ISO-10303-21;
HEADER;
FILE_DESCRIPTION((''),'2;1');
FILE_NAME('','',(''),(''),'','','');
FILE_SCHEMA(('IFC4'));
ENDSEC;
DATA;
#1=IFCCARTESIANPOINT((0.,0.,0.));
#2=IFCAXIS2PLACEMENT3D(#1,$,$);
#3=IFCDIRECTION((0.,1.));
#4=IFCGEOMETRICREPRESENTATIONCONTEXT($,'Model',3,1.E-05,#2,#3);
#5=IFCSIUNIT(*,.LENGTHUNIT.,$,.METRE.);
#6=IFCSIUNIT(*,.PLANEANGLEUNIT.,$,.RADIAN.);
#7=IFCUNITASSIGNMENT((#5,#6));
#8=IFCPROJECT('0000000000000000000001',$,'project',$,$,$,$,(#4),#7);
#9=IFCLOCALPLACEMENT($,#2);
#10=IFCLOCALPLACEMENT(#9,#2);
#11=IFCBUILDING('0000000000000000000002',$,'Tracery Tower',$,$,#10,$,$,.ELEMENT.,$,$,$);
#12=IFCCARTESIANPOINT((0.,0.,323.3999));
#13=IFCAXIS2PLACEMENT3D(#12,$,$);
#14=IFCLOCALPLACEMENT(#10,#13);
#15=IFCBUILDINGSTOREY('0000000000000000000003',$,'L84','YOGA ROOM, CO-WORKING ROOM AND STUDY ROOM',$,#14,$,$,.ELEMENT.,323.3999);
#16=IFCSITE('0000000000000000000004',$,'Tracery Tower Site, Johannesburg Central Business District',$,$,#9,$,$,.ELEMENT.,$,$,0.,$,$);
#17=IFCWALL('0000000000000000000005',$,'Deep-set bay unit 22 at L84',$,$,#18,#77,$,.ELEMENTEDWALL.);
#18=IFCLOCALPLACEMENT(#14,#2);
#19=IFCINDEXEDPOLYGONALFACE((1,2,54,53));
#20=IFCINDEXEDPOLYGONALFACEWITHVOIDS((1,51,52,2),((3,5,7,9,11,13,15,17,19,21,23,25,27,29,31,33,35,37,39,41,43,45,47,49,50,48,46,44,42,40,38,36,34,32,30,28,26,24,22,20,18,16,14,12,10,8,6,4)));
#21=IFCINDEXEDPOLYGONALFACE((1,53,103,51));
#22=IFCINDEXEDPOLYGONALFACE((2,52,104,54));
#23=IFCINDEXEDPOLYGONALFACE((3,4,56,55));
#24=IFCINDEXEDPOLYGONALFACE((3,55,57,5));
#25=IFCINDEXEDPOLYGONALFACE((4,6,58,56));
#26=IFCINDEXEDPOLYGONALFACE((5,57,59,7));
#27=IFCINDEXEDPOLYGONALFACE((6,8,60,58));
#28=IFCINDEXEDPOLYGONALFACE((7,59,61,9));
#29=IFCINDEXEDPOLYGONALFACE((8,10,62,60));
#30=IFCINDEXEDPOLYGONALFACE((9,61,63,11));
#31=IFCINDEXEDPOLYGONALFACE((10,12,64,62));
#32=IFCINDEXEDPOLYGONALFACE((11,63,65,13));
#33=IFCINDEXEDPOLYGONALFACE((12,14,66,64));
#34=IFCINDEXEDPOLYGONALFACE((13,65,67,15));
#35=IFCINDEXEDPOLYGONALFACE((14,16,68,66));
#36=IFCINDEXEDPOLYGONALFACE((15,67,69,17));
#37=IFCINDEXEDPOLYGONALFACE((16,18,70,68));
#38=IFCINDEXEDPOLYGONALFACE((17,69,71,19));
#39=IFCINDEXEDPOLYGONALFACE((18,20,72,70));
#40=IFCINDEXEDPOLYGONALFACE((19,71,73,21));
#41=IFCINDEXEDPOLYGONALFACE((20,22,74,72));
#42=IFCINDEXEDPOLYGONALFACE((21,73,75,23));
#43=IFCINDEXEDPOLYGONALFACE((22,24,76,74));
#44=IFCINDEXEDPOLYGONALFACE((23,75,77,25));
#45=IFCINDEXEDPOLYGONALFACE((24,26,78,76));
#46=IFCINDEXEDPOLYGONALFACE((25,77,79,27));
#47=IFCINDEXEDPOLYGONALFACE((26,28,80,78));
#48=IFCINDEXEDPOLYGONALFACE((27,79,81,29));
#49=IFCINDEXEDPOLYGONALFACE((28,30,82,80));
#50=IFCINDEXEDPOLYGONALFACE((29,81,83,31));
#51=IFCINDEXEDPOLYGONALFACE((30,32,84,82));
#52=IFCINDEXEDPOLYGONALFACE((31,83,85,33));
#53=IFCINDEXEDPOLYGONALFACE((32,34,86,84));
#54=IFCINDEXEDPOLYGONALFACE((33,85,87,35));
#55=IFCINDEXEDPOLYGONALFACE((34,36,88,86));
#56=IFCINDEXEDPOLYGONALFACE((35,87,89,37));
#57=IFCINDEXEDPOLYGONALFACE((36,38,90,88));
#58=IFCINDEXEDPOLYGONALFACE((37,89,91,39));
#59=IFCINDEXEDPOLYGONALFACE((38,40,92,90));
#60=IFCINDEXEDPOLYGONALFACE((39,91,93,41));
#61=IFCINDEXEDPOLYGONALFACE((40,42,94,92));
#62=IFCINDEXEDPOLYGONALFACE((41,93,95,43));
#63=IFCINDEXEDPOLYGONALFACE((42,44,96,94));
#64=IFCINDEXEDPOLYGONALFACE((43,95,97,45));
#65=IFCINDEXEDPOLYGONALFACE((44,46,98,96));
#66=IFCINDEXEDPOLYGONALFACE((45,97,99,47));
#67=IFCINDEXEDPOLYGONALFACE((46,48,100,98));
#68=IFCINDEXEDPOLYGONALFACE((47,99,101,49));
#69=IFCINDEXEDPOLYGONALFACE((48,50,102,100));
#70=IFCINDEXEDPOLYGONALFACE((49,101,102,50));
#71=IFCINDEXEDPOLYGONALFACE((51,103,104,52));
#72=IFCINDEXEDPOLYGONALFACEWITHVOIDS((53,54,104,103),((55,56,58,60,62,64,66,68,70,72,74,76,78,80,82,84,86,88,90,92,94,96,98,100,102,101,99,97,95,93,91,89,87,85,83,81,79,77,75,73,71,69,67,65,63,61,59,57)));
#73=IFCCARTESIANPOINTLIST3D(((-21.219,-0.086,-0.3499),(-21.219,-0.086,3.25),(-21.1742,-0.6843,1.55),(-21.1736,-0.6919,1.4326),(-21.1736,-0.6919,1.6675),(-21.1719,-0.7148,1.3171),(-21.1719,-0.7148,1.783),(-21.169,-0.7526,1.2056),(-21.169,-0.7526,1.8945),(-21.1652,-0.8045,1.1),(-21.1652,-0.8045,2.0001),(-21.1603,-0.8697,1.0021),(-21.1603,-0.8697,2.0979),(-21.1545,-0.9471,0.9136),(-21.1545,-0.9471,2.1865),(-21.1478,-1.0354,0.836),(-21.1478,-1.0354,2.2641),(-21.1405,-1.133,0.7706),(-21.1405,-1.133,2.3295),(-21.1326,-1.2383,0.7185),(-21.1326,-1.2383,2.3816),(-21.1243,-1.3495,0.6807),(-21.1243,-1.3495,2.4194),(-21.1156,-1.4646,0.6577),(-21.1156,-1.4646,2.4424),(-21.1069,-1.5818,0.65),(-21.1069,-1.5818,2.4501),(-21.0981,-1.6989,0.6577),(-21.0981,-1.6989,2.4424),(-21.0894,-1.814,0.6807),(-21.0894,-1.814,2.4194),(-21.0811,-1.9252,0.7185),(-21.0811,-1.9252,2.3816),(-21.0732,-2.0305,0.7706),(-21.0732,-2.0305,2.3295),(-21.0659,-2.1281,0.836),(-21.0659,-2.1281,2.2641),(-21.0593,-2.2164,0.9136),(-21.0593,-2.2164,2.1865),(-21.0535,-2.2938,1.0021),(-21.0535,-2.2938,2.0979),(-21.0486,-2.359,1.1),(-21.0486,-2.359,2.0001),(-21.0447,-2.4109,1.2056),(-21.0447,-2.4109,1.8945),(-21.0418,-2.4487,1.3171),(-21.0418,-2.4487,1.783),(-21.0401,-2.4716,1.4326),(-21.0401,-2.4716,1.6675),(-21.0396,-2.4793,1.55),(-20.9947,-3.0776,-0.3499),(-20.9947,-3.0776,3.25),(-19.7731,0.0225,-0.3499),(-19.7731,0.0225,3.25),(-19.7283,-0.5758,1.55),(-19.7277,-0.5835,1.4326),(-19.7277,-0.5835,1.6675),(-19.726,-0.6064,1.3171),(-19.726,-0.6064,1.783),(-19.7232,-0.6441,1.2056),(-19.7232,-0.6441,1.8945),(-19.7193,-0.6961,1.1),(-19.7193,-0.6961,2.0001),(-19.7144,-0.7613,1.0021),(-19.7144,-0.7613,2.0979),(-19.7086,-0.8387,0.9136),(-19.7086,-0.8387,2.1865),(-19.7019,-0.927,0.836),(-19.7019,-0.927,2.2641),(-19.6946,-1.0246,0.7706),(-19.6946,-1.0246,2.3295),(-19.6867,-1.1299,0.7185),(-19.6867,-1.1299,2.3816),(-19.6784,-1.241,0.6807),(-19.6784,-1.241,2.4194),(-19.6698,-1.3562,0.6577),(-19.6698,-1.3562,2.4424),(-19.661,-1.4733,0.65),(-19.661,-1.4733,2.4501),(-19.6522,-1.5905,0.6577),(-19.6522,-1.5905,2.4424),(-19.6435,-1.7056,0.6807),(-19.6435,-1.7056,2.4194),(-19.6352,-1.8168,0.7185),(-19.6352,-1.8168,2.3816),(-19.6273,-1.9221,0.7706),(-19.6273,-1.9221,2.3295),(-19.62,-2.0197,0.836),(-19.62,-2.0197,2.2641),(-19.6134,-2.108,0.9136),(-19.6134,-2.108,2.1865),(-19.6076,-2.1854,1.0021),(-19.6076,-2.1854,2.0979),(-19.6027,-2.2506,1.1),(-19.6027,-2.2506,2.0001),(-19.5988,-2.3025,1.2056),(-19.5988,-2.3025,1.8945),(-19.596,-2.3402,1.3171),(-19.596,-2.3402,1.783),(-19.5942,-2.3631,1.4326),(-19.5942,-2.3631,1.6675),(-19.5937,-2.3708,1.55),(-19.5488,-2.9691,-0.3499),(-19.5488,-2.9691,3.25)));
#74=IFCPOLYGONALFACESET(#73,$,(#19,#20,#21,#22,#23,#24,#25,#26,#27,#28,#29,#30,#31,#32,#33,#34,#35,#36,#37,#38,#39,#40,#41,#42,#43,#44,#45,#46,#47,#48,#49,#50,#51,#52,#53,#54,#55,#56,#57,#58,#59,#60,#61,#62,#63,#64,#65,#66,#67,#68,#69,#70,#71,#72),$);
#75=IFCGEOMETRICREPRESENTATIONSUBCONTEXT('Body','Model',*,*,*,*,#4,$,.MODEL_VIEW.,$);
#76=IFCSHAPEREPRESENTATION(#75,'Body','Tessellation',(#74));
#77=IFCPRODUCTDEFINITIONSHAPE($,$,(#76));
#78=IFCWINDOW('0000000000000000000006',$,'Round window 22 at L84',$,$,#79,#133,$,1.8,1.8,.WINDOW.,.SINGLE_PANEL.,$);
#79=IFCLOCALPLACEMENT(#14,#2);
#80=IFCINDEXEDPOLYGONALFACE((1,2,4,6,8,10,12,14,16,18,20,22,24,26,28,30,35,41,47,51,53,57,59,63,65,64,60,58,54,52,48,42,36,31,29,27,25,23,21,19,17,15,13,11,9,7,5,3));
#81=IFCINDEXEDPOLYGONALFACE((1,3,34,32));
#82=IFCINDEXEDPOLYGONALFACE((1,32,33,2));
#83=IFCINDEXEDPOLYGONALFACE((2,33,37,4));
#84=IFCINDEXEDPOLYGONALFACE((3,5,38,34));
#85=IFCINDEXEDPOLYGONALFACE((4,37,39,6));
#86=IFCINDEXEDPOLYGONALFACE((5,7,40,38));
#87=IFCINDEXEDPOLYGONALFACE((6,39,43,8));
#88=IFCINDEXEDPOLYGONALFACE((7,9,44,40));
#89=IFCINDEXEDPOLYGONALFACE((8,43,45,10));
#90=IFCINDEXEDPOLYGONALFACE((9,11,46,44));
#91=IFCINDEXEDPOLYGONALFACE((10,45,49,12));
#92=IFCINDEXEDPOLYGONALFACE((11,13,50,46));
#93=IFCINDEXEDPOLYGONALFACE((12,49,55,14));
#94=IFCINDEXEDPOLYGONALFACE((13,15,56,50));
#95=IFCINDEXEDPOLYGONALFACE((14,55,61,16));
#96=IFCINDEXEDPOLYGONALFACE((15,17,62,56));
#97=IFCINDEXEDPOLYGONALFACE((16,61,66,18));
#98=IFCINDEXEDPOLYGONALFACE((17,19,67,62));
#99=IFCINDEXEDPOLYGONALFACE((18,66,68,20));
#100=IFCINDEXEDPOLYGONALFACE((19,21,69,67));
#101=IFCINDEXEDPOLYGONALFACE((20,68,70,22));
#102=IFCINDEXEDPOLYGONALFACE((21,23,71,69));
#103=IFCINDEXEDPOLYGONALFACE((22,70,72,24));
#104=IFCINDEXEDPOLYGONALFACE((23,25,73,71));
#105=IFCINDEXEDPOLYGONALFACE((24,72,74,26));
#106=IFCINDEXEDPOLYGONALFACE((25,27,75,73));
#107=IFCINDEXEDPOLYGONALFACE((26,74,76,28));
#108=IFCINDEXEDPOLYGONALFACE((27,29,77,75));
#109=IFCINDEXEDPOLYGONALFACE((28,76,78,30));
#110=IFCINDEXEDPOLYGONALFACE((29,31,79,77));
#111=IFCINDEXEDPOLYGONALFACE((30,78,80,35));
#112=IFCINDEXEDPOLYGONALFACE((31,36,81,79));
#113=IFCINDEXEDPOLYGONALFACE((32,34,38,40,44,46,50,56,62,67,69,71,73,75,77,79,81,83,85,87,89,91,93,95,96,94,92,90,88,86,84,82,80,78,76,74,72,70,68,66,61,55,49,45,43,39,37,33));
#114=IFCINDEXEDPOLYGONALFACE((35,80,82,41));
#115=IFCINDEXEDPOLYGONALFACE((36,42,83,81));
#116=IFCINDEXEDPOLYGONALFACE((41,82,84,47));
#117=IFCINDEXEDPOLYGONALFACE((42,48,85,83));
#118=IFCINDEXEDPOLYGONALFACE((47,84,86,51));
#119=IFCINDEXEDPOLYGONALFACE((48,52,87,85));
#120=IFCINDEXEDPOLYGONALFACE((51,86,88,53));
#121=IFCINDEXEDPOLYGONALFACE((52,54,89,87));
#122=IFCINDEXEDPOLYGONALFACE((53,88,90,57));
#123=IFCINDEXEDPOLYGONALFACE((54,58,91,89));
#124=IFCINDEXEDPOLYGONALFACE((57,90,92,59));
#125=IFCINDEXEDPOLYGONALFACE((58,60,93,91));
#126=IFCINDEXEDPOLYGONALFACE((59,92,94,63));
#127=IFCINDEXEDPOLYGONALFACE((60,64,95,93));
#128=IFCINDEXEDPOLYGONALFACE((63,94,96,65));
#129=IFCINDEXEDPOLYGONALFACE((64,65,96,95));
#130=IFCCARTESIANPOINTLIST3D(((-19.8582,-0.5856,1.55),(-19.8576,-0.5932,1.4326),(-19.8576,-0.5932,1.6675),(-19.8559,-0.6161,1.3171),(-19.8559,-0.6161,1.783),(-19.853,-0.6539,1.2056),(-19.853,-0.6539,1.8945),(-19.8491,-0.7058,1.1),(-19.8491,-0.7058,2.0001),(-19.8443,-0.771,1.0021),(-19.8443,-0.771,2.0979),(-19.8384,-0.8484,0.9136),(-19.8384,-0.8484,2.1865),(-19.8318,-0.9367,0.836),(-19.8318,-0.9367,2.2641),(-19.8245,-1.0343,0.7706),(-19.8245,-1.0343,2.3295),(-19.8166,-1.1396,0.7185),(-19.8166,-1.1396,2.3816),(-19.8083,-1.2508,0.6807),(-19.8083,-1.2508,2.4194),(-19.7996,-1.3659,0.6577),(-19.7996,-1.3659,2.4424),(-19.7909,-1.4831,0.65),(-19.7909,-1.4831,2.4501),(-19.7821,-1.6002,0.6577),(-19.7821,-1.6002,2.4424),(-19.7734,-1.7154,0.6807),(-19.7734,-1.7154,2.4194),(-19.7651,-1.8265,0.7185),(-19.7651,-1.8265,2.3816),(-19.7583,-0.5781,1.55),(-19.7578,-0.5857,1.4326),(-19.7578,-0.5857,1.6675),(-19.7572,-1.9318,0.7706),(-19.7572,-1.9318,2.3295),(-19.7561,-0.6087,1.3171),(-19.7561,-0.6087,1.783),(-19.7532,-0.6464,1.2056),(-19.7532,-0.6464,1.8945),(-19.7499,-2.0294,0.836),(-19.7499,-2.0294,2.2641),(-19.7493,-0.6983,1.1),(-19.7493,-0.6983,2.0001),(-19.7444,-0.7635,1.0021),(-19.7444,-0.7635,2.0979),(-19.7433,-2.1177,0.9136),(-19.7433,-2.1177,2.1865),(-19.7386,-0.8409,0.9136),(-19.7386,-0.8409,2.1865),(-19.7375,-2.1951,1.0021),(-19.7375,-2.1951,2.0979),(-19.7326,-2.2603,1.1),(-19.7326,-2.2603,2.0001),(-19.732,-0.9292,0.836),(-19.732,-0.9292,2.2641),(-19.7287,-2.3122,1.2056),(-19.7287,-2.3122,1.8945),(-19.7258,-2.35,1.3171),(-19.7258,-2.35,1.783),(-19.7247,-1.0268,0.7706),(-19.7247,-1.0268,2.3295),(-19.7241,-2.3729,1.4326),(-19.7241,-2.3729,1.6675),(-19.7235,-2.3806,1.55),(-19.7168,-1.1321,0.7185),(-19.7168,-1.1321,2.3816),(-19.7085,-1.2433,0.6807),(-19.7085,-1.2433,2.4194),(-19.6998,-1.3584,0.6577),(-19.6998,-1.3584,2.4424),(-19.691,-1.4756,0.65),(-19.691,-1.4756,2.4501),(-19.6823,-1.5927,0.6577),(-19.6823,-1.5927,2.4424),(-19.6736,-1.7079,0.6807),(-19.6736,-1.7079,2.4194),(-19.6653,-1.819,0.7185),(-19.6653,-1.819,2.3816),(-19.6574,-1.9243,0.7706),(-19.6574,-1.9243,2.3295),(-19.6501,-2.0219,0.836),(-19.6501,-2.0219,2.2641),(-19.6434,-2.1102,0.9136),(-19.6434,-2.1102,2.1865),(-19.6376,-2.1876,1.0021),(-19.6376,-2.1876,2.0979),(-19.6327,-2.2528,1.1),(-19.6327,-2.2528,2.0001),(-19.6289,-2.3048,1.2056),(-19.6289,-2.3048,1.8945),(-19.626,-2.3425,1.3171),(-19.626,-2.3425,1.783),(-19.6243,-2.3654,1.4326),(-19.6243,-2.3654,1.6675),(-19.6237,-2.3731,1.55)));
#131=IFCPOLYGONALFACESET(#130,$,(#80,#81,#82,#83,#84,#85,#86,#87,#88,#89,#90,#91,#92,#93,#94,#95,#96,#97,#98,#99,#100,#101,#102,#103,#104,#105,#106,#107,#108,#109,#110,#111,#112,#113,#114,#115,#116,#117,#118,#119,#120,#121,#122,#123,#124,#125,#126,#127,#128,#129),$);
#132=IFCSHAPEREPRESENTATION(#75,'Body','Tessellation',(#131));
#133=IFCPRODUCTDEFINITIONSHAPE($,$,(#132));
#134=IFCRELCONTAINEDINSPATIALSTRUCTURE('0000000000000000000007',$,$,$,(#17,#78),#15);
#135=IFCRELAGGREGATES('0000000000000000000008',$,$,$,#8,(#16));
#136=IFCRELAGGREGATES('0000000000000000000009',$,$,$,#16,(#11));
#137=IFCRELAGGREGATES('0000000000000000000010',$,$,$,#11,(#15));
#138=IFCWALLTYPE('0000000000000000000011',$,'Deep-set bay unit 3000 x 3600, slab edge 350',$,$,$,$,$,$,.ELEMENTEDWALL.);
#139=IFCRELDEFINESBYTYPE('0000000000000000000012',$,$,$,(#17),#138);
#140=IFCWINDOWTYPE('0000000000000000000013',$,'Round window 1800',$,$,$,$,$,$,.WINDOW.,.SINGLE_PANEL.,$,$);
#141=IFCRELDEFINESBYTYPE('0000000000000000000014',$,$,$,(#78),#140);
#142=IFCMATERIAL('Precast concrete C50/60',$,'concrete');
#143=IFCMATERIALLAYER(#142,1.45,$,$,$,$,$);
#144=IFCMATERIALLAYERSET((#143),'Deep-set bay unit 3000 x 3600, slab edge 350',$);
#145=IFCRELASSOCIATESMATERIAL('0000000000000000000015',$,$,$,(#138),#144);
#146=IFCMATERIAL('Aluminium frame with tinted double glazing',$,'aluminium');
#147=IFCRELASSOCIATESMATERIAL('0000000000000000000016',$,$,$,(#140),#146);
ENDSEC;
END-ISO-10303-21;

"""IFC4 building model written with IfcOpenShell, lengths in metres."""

from ifc_helpers import new_model, si_unit, direction, frame, frame_2d, origin, origin_2d, place, context, subcontext, project, spatial, rectangle, circle, extrude, material, layer, layer_set, type_object, element, fill, save


model = new_model("IFC4")

# Units and contexts
model_context = context("Model", 3, precision=1e-05, world=origin(), true_north=direction((0.0, 1.0)))
body_context = subcontext(model_context, "Body", "Model", "MODEL_VIEW")
ifc_project = project(units=[si_unit("LENGTHUNIT", "METRE"), si_unit("PLANEANGLEUNIT", "RADIAN")], contexts=[model_context])

# Site, building, storey
site_placement = place(None, origin())
site = spatial("IfcSite", under=ifc_project, at=site_placement, Name="Tracery Tower Site, Johannesburg Central Business District", CompositionType="ELEMENT", RefElevation=0.0)
building_placement = place(site_placement, origin())
building = spatial("IfcBuilding", under=site, at=building_placement, Name="Tracery Tower", CompositionType="ELEMENT")
storey_placement = place(building_placement, frame((0.0, 0.0, 323.3999)))
storey = spatial("IfcBuildingStorey", under=building, at=storey_placement, Name="L84", Description="YOGA ROOM, CO-WORKING ROOM AND STUDY ROOM", CompositionType="ELEMENT", Elevation=323.3999)

# Wall, opening, window
ifc_material_1 = material(Name="Precast concrete C50/60", Category="concrete")
ifc_layer_1 = layer(ifc_material_1, 1.45)
ifc_layer_set_1 = layer_set([ifc_layer_1], Name="Deep-set bay unit 3000 x 3600, slab edge 350")
wall_type_1 = type_object("IfcWallType", Name="Deep-set bay unit 3000 x 3600, slab edge 350", PredefinedType="ELEMENTEDWALL", material=ifc_layer_set_1)
wall_1_placement = place(storey_placement, frame((-20.4961, -0.0317, -0.3499), z_axis=(0.0, 0.0, 1.0), x_axis=(0.074786, -0.9972, 0.0)))
wall_1 = element("IfcWall", 1, at=wall_1_placement, inside=storey, type_object=wall_type_1, Name="Deep-set bay unit 22 at L84", PredefinedType="ELEMENTEDWALL", context=body_context, shape_type="SweptSolid", body=[
    extrude(rectangle(XDim=3.0, YDim=1.45, at=frame_2d((1.5, 0.0))), origin(), (0.0, 0.0, 1.0), 3.5999),
])
opening_1_placement = place(wall_1_placement, frame((1.5, 0.0, 1.8999)))
opening_1 = element("IfcOpeningElement", 2, at=opening_1_placement, cuts=wall_1, PredefinedType="OPENING", context=body_context, shape_type="SweptSolid", body=[
    extrude(circle(Radius=0.9, at=origin_2d()), frame((0.0, 0.7349, 0.0), z_axis=(0.0, -1.0, 0.0), x_axis=(1.0, 0.0, 0.0)), (0.0, 0.0, 1.0), 1.47),
])
ifc_material_2 = material(Name="Aluminium frame with tinted double glazing", Category="aluminium")
window_type = type_object("IfcWindowType", Name="Round window 1800", PartitioningType="SINGLE_PANEL", PredefinedType="WINDOW", material=ifc_material_2)
window_1_placement = place(opening_1_placement, origin())
window_1 = element("IfcWindow", 3, at=window_1_placement, inside=storey, type_object=window_type, Name="Round window 22 at L84", OverallHeight=1.8, OverallWidth=1.8, PartitioningType="SINGLE_PANEL", PredefinedType="WINDOW", context=body_context, shape_type="SweptSolid", body=[
    extrude(circle(Radius=0.9, at=origin_2d()), frame((0.0, 0.6948, 0.0), z_axis=(0.0, -1.0, 0.0), x_axis=(1.0, 0.0, 0.0)), (0.0, 0.0, 1.0), 0.1001),
])
fill(opening_1, window_1)

save(model, "model.ifc")
